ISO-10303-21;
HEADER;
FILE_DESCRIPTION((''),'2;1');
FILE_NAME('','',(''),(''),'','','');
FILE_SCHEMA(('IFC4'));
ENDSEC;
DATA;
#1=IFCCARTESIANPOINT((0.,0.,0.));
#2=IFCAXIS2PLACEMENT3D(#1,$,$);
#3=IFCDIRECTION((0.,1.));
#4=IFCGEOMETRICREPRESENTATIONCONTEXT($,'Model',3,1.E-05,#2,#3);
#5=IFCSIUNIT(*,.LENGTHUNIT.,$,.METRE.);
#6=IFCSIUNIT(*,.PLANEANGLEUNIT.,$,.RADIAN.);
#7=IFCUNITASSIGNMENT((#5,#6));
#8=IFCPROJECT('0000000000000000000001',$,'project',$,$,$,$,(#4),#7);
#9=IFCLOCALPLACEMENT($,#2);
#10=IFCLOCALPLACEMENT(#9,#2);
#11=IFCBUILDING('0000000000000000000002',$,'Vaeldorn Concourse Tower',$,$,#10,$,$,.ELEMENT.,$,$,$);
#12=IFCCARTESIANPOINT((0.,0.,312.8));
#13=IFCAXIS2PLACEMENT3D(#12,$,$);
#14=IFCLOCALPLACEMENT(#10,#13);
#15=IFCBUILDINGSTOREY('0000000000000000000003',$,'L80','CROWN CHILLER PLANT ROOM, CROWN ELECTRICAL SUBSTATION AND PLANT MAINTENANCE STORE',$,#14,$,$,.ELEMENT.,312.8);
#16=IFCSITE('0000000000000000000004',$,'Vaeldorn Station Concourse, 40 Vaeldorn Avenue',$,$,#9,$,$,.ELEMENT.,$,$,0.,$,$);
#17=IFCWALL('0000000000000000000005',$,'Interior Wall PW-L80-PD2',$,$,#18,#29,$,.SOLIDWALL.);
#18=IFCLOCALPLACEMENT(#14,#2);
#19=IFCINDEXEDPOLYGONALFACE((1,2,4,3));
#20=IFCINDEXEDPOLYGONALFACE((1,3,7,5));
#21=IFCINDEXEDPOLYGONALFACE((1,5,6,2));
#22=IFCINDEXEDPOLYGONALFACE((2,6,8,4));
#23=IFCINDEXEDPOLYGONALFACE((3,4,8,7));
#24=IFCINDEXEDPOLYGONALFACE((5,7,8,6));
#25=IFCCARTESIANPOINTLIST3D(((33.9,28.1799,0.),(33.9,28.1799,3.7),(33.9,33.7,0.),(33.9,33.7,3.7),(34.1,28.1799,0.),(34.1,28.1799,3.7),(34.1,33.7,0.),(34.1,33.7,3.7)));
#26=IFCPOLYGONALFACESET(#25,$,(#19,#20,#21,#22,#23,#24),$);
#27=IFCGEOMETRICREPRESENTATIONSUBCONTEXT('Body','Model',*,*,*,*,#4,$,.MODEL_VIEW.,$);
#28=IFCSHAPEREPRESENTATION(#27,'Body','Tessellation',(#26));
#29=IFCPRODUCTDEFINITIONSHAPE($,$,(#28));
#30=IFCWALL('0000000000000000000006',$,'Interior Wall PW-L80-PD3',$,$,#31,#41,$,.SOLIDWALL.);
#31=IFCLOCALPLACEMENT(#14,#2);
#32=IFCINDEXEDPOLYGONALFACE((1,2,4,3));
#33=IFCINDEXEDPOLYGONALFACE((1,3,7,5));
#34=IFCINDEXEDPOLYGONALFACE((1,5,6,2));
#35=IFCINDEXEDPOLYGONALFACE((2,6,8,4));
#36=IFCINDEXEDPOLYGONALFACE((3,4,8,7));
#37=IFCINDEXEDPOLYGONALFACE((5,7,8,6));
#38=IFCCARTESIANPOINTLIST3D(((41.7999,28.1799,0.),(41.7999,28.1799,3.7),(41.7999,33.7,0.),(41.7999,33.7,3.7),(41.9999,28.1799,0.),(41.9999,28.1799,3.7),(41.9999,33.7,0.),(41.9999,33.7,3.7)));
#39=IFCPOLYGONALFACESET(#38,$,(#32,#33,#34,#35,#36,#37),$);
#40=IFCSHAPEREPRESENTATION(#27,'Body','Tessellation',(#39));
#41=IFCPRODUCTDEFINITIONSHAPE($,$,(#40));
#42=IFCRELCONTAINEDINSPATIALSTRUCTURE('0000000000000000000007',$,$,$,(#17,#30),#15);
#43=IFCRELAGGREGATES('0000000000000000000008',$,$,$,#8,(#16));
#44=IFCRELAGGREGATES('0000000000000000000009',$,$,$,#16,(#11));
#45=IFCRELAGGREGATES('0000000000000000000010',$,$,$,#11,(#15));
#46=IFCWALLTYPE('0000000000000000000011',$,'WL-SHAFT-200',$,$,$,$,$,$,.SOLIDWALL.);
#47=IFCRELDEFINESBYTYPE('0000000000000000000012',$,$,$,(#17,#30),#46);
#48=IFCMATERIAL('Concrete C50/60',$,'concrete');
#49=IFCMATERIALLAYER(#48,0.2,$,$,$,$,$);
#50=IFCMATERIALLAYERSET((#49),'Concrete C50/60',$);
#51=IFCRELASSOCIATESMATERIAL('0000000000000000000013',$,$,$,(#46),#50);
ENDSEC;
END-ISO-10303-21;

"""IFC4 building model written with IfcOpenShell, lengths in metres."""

from ifc_helpers import new_model, si_unit, direction, frame, frame_2d, origin, place, context, subcontext, project, spatial, rectangle, extrude, material, layer, layer_set, type_object, element, save


model = new_model("IFC4")

# Units and contexts
model_context = context("Model", 3, precision=1e-05, world=origin(), true_north=direction((0.0, 1.0)))
body_context = subcontext(model_context, "Body", "Model", "MODEL_VIEW")
ifc_project = project(units=[si_unit("LENGTHUNIT", "METRE"), si_unit("PLANEANGLEUNIT", "RADIAN")], contexts=[model_context])

# Site, building, storey
site_placement = place(None, origin())
site = spatial("IfcSite", under=ifc_project, at=site_placement, Name="Vaeldorn Station Concourse, 40 Vaeldorn Avenue", CompositionType="ELEMENT", RefElevation=0.0)
building_placement = place(site_placement, origin())
building = spatial("IfcBuilding", under=site, at=building_placement, Name="Vaeldorn Concourse Tower", CompositionType="ELEMENT")
storey_placement = place(building_placement, frame((0.0, 0.0, 312.8)))
storey = spatial("IfcBuildingStorey", under=building, at=storey_placement, Name="L80", Description="CROWN CHILLER PLANT ROOM, CROWN ELECTRICAL SUBSTATION AND PLANT MAINTENANCE STORE", CompositionType="ELEMENT", Elevation=312.8)

# Walls
ifc_material_1 = material(Name="Concrete C50/60", Category="concrete")
ifc_layer_1 = layer(ifc_material_1, 0.2)
ifc_layer_set_1 = layer_set([ifc_layer_1], Name="Concrete C50/60")
wall_type = type_object("IfcWallType", Name="WL-SHAFT-200", PredefinedType="SOLIDWALL", material=ifc_layer_set_1)
for number, where, z_axis, x_axis, name in (
    (1, (34.0, 28.1799, 0.0), (0.0, 0.0, 1.0), (0.0, 1.0, 0.0), "Interior Wall PW-L80-PD2"),
    (2, (41.8999, 28.1799, 0.0), (0.0, 0.0, 1.0), (0.0, 1.0, 0.0), "Interior Wall PW-L80-PD3"),
):
    element("IfcWall", number, at=place(storey_placement, frame(where, z_axis=z_axis, x_axis=x_axis)), inside=storey, type_object=wall_type, Name=name, PredefinedType="SOLIDWALL", context=body_context, shape_type="SweptSolid", body=[
        extrude(rectangle(XDim=5.52, YDim=0.2, at=frame_2d((2.76, 0.0))), origin(), (0.0, 0.0, 1.0), 3.7),
    ])

save(model, "model.ifc")
